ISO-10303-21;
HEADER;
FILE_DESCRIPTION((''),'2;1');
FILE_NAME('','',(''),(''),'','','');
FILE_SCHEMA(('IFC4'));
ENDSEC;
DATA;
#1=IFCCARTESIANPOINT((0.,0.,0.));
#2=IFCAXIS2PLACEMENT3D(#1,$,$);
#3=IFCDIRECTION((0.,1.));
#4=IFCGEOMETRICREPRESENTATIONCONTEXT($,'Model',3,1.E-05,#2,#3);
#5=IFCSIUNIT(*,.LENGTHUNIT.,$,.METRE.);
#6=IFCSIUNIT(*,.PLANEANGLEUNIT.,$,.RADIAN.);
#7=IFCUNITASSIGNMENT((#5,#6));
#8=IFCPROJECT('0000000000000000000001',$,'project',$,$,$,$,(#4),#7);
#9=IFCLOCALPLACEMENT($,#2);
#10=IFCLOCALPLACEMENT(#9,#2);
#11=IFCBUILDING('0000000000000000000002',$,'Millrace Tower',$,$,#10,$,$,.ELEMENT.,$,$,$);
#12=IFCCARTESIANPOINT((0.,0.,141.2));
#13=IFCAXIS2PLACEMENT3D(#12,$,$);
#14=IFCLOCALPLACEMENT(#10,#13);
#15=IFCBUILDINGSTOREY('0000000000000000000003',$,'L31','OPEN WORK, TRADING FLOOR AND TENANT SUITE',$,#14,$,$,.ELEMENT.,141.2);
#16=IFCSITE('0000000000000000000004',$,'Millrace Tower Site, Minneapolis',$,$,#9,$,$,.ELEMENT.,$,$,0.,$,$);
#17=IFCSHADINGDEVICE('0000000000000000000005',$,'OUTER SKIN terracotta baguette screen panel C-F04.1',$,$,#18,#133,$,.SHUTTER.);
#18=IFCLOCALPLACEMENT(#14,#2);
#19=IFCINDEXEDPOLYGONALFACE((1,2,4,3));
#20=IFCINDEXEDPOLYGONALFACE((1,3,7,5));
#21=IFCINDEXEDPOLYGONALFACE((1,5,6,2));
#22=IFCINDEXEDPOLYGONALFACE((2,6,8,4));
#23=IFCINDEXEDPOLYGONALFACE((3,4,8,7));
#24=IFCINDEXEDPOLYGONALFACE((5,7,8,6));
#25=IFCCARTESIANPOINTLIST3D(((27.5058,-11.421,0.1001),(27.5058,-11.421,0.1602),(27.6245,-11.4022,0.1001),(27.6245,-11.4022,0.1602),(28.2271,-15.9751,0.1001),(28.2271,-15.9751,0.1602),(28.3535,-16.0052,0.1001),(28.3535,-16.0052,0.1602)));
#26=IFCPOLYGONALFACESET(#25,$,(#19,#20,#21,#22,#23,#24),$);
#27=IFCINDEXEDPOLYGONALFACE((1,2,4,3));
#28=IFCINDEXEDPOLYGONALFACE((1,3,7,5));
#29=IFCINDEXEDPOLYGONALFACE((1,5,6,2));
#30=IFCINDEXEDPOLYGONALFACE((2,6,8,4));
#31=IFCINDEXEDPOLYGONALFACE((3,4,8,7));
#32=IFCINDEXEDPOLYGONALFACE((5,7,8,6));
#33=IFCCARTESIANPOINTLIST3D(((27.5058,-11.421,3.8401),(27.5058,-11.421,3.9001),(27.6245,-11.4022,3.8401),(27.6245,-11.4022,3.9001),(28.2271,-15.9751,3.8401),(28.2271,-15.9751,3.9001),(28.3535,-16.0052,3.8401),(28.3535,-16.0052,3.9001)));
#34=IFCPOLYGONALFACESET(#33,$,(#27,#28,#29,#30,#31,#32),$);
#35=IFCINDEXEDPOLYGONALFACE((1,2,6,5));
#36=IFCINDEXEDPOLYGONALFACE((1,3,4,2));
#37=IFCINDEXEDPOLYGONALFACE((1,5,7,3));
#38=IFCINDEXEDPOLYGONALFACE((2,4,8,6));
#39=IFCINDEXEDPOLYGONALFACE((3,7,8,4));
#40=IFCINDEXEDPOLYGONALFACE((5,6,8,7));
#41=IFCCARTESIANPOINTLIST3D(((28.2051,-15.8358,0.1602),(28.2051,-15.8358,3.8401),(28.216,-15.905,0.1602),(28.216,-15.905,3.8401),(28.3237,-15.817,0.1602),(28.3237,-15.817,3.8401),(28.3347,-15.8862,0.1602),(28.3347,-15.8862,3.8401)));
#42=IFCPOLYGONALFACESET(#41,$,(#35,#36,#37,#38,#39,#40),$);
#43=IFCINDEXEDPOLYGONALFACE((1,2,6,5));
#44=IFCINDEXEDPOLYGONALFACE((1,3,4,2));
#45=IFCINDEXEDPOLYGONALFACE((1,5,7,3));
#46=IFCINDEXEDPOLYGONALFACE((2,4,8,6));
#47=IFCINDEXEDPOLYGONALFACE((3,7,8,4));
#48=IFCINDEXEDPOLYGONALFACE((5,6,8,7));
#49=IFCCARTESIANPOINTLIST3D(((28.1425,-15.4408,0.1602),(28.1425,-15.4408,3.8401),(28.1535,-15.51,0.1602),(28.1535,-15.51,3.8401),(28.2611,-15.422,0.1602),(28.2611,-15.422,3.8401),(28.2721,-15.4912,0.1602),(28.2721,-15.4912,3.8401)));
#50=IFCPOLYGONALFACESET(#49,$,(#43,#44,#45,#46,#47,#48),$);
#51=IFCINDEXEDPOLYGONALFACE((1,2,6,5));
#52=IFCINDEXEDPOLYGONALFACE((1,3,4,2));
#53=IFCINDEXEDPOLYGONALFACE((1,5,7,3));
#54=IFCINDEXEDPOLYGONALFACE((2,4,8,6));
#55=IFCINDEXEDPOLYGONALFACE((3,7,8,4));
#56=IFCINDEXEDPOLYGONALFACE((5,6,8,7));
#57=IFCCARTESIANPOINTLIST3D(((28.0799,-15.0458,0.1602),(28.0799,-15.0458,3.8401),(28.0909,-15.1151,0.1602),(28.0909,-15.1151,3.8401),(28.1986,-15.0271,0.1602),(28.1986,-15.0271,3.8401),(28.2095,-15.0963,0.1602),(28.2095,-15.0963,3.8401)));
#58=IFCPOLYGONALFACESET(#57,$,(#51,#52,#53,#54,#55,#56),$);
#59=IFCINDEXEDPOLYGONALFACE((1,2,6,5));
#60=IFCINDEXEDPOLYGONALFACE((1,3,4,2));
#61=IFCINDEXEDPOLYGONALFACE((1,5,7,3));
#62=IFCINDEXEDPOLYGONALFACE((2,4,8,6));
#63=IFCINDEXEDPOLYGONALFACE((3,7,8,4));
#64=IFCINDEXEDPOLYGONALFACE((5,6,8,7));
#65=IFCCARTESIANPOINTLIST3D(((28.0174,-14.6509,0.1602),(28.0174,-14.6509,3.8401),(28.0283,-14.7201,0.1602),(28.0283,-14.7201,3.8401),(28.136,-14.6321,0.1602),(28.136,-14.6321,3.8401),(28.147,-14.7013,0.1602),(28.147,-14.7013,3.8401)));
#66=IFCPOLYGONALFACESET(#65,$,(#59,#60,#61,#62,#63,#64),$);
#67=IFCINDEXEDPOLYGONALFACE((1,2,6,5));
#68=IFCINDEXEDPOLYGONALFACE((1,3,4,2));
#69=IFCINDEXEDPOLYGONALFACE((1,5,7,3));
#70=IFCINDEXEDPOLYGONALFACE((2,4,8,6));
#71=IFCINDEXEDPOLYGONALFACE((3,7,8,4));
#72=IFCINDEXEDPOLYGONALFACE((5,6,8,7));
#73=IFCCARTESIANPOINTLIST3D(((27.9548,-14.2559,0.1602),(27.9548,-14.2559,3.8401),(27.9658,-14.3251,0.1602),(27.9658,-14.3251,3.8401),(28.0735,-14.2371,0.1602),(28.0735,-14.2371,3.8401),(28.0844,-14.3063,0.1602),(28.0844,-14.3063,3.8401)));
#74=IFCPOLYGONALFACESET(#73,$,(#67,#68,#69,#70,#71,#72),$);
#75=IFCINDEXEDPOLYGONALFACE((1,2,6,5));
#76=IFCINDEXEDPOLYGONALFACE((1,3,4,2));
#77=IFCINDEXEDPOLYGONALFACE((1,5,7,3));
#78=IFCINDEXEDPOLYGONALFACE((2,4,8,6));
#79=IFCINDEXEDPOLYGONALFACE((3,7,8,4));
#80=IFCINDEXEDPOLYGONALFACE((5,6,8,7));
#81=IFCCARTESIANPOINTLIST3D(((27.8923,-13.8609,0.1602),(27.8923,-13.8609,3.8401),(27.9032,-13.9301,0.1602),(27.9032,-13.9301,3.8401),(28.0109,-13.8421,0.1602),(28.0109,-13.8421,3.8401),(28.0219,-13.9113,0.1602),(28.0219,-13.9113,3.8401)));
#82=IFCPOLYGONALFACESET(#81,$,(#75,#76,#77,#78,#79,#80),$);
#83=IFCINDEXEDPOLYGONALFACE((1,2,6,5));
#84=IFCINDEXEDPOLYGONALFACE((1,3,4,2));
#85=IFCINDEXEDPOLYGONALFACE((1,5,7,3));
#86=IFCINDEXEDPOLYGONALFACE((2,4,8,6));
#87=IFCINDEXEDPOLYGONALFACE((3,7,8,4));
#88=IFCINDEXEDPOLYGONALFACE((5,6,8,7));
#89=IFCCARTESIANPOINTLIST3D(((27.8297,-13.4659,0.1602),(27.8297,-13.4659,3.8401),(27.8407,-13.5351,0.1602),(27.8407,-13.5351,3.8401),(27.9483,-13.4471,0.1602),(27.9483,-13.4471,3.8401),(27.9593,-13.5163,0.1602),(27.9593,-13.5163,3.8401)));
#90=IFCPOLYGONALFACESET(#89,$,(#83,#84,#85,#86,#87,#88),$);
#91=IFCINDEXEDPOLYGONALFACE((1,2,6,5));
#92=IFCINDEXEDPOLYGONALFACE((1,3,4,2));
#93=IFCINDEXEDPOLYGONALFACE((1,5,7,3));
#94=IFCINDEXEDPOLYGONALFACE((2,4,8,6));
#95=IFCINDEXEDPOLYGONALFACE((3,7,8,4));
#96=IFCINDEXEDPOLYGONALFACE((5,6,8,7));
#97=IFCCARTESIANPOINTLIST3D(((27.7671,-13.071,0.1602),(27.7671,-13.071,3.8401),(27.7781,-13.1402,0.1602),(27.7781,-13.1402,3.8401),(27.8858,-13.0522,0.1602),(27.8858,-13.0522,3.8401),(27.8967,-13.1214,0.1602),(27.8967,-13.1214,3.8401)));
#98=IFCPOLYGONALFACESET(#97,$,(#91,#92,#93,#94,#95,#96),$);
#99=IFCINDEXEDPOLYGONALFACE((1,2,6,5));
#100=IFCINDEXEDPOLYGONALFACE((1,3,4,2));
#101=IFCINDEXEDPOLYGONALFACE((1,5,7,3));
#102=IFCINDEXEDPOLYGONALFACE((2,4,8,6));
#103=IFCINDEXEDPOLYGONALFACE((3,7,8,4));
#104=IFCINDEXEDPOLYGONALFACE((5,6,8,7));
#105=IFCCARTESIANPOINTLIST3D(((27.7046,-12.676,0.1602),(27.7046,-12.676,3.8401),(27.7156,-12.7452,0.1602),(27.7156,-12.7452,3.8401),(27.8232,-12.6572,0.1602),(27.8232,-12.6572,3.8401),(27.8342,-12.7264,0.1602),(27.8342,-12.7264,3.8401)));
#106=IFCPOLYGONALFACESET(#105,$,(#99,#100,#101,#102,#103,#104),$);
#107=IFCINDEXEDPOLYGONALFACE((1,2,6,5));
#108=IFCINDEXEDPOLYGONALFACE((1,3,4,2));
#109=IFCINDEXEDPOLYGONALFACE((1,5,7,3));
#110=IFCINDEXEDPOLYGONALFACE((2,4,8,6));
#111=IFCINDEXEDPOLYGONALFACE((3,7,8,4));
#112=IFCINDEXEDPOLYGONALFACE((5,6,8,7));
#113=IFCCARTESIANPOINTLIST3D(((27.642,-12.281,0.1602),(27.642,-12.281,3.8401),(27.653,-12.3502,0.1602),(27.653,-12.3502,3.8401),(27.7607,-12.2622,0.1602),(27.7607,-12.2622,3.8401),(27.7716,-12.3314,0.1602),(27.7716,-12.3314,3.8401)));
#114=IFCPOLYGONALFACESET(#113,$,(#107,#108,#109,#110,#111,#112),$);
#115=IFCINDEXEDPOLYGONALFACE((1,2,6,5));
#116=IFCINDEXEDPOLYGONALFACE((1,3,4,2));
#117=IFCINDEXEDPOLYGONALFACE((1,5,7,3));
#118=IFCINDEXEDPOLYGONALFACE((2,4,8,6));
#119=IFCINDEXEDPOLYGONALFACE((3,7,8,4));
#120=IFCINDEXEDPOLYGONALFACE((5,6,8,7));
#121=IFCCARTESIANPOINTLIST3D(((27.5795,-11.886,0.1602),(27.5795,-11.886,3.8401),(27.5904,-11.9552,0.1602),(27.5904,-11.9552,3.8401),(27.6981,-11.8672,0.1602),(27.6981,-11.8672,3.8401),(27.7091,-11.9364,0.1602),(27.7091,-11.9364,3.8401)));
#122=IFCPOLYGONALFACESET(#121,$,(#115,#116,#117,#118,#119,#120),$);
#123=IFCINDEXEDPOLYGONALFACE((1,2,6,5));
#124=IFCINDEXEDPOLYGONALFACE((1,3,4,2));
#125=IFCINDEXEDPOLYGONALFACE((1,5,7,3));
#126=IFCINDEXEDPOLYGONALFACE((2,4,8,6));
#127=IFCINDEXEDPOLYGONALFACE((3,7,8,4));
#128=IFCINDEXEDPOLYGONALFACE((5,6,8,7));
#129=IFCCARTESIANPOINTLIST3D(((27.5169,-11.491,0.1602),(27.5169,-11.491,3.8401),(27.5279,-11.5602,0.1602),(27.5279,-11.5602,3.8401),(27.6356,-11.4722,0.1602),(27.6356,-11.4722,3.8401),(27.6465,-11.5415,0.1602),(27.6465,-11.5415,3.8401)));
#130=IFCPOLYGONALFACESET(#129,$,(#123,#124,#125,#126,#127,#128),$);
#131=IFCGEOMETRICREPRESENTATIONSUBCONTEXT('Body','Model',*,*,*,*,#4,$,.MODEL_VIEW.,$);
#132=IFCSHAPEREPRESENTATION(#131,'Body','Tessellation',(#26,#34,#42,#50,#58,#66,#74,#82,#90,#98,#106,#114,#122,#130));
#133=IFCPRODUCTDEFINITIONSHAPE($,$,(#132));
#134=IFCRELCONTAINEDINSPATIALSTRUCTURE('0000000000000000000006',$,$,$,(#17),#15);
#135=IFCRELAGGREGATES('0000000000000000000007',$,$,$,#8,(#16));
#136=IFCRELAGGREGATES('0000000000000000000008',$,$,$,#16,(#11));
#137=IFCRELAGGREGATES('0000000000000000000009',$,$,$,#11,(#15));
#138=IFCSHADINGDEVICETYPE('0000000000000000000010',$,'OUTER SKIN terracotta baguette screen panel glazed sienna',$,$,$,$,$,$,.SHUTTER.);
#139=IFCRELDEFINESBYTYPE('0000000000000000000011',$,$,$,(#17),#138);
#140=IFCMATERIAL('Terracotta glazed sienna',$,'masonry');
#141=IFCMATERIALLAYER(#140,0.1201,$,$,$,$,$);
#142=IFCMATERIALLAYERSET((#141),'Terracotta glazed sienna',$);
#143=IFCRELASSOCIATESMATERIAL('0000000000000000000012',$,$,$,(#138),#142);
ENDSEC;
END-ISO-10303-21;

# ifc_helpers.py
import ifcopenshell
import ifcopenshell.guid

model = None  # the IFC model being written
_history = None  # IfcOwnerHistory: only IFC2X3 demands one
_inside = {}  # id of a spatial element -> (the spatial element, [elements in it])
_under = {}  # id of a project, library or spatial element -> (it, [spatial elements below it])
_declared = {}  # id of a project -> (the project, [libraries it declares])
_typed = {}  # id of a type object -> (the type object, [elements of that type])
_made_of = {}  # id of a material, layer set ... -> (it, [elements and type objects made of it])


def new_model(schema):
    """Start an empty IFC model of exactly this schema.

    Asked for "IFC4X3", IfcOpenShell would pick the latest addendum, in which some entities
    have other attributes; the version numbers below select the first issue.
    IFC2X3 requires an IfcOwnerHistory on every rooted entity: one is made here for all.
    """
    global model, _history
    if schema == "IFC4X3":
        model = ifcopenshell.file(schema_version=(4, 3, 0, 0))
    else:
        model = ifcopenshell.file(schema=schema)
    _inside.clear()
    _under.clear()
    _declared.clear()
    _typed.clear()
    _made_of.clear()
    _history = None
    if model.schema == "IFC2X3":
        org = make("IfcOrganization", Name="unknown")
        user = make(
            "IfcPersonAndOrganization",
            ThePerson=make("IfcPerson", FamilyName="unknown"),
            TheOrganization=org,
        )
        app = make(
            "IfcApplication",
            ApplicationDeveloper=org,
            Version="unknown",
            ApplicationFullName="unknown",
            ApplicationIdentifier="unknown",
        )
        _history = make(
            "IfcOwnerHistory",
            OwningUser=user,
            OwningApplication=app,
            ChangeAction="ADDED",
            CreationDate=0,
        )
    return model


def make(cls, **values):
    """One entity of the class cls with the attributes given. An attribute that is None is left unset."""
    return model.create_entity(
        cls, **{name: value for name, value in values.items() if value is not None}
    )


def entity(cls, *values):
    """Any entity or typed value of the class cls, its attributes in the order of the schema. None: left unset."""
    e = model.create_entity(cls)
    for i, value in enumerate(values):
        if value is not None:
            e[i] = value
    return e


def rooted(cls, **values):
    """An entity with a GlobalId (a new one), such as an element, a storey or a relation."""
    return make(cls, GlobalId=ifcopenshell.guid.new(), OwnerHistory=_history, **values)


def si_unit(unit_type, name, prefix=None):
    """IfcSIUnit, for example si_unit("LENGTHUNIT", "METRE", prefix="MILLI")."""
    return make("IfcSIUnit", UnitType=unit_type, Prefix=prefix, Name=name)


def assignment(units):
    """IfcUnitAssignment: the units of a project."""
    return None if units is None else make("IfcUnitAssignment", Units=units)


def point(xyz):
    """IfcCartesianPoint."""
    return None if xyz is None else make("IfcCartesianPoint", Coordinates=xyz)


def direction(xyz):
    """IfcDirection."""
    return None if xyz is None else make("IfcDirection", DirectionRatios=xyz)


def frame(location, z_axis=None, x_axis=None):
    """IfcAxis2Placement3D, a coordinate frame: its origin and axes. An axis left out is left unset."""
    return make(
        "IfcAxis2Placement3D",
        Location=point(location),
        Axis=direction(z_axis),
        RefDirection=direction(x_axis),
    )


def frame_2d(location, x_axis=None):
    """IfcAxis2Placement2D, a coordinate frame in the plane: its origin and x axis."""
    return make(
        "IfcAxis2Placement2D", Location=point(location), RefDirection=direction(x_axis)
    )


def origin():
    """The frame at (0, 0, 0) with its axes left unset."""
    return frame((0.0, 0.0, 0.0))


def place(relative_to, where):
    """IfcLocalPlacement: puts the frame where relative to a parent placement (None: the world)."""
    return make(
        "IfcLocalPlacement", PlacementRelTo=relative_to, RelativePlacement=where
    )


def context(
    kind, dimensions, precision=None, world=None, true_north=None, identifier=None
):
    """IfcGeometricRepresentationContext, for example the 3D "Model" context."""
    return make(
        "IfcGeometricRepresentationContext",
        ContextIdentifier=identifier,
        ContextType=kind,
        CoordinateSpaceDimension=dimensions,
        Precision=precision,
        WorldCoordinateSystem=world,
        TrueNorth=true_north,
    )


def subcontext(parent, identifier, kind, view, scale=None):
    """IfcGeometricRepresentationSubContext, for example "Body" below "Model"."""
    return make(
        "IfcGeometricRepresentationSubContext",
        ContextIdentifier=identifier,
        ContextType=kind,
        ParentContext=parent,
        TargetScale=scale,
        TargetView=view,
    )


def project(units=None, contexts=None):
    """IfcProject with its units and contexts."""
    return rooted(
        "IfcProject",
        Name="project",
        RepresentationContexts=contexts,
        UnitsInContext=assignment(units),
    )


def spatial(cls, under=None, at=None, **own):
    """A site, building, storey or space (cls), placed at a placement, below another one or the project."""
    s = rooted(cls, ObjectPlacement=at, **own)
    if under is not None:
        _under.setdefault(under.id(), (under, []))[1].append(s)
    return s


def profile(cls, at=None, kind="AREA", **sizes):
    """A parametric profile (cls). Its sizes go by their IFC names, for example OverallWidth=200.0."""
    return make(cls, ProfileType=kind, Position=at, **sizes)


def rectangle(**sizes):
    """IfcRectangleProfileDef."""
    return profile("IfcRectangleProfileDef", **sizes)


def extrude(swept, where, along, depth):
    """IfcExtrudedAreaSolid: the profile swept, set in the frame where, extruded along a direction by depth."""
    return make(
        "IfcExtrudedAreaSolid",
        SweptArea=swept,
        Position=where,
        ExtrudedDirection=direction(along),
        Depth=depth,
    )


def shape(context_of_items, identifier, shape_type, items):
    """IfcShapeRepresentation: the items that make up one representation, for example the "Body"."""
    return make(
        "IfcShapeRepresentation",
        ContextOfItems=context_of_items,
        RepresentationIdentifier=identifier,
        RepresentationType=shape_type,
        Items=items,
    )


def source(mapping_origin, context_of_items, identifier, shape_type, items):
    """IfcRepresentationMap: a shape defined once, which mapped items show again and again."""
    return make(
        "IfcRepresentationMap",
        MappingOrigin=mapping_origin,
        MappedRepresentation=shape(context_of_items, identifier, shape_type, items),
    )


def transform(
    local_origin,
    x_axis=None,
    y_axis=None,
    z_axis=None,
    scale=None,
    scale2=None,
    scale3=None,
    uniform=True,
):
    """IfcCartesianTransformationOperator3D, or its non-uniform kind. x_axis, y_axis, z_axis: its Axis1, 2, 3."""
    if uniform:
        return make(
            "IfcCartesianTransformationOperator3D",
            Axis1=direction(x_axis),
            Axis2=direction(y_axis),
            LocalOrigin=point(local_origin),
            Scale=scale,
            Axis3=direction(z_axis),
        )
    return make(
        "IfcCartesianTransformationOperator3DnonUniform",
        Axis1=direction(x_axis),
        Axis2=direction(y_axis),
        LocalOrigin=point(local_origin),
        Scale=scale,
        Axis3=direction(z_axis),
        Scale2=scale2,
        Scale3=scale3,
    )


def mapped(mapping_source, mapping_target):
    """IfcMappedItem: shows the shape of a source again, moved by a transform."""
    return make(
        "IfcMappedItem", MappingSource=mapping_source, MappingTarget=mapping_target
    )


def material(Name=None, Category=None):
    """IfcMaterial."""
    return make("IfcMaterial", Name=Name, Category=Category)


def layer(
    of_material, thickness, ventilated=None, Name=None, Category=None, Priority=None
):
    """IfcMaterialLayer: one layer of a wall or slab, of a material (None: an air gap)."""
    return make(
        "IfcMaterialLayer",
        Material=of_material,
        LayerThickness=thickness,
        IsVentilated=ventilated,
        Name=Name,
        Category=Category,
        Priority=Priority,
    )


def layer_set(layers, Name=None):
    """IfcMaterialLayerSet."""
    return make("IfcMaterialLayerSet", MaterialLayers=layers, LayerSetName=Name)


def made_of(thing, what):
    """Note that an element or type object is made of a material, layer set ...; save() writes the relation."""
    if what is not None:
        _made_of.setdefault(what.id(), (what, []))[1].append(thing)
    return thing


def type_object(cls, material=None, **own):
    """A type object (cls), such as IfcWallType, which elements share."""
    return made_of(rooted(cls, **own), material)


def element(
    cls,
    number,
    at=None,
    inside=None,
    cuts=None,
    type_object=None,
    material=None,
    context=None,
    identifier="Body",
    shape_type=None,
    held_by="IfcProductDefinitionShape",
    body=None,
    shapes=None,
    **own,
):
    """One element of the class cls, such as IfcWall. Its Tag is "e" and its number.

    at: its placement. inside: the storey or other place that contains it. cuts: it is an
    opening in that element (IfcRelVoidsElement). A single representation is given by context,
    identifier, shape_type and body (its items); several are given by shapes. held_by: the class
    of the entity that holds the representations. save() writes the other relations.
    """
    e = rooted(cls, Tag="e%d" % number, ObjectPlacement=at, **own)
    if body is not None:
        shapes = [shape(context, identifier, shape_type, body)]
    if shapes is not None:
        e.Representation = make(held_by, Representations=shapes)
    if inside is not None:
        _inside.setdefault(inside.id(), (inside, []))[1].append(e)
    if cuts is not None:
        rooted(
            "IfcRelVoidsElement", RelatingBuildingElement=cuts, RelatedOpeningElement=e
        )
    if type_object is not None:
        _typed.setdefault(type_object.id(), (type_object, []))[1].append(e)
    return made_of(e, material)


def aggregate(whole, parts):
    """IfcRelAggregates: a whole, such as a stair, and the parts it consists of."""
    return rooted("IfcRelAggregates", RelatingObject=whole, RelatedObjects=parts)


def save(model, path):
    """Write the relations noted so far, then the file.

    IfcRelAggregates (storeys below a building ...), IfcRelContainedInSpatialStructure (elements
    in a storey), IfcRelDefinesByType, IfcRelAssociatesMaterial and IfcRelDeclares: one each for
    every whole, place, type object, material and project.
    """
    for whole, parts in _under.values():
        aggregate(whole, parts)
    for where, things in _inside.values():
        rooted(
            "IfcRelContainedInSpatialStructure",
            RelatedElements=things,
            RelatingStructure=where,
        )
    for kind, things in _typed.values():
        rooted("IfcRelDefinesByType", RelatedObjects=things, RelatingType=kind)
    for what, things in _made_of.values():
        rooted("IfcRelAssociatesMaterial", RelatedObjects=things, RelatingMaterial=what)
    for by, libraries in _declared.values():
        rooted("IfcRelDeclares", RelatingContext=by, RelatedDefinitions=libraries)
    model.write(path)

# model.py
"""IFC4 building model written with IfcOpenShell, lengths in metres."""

from ifc_helpers import new_model, entity, si_unit, direction, frame, frame_2d, origin, place, context, subcontext, project, spatial, rectangle, extrude, source, transform, mapped, material, layer, layer_set, type_object, element, save


model = new_model("IFC4")

# Units and contexts
model_context = context("Model", 3, precision=1e-05, world=origin(), true_north=direction((0.0, 1.0)))
body_context = subcontext(model_context, "Body", "Model", "MODEL_VIEW")
ifc_project = project(units=[si_unit("LENGTHUNIT", "METRE"), si_unit("PLANEANGLEUNIT", "RADIAN")], contexts=[model_context])

# Site, building, storey
site_placement = place(None, origin())
site = spatial("IfcSite", under=ifc_project, at=site_placement, Name="Millrace Tower Site, Minneapolis", CompositionType="ELEMENT", RefElevation=0.0)
building_placement = place(site_placement, origin())
building = spatial("IfcBuilding", under=site, at=building_placement, Name="Millrace Tower", CompositionType="ELEMENT")
storey_placement = place(building_placement, frame((0.0, 0.0, 141.2)))
storey = spatial("IfcBuildingStorey", under=building, at=storey_placement, Name="L31", Description="OPEN WORK, TRADING FLOOR AND TENANT SUITE", CompositionType="ELEMENT", Elevation=141.2)

# Shading device
ifc_material_1 = material(Name="Terracotta glazed sienna", Category="masonry")
ifc_layer_1 = layer(ifc_material_1, 0.1201)
ifc_layer_set_1 = layer_set([ifc_layer_1], Name="Terracotta glazed sienna")
shading_device_type = type_object("IfcShadingDeviceType", Name="OUTER SKIN terracotta baguette screen panel glazed sienna", PredefinedType="SHUTTER", material=ifc_layer_set_1)
cartesian_point_1 = entity("IfcCartesianPoint", [-2.293, 0.0601])
shared_polyline_1 = entity("IfcPolyline", [cartesian_point_1, entity("IfcCartesianPoint", [2.3179, 0.0601]), entity("IfcCartesianPoint", [2.3179, -0.0601]), entity("IfcCartesianPoint", [-2.3425, -0.0601]), cartesian_point_1])
shared_shape_1 = source(origin(), body_context, "Body", "SweptSolid", [
    entity("IfcExtrudedAreaSolid", entity("IfcArbitraryClosedProfileDef", "AREA", None, shared_polyline_1), entity("IfcAxis2Placement3D", entity("IfcCartesianPoint", [0.0, 0.0, 0.0])), entity("IfcDirection", [0.0, 0.0, 1.0]), 0.0601),
    entity("IfcExtrudedAreaSolid", entity("IfcArbitraryClosedProfileDef", "AREA", None, shared_polyline_1), entity("IfcAxis2Placement3D", entity("IfcCartesianPoint", [0.0, 0.0, 3.74])), entity("IfcDirection", [0.0, 0.0, 1.0]), 0.0601),
    extrude(rectangle(XDim=0.0701, YDim=0.1201, at=frame_2d((-2.187, 0.0))), frame((0.0, 0.0, 0.0601)), (0.0, 0.0, 1.0), 3.6799),
    extrude(rectangle(XDim=0.0701, YDim=0.1201, at=frame_2d((-1.7871, 0.0))), frame((0.0, 0.0, 0.0601)), (0.0, 0.0, 1.0), 3.6799),
    extrude(rectangle(XDim=0.0701, YDim=0.1201, at=frame_2d((-1.3872, 0.0))), frame((0.0, 0.0, 0.0601)), (0.0, 0.0, 1.0), 3.6799),
    extrude(rectangle(XDim=0.0701, YDim=0.1201, at=frame_2d((-0.9873, 0.0))), frame((0.0, 0.0, 0.0601)), (0.0, 0.0, 1.0), 3.6799),
    extrude(rectangle(XDim=0.0701, YDim=0.1201, at=frame_2d((-0.5874, 0.0))), frame((0.0, 0.0, 0.0601)), (0.0, 0.0, 1.0), 3.6799),
    extrude(rectangle(XDim=0.0701, YDim=0.1201, at=frame_2d((-0.1875, 0.0))), frame((0.0, 0.0, 0.0601)), (0.0, 0.0, 1.0), 3.6799),
    extrude(rectangle(XDim=0.0701, YDim=0.1201, at=frame_2d((0.2124, 0.0))), frame((0.0, 0.0, 0.0601)), (0.0, 0.0, 1.0), 3.6799),
    extrude(rectangle(XDim=0.0701, YDim=0.1201, at=frame_2d((0.6123, 0.0))), frame((0.0, 0.0, 0.0601)), (0.0, 0.0, 1.0), 3.6799),
    extrude(rectangle(XDim=0.0701, YDim=0.1201, at=frame_2d((1.0122, 0.0))), frame((0.0, 0.0, 0.0601)), (0.0, 0.0, 1.0), 3.6799),
    extrude(rectangle(XDim=0.0701, YDim=0.1201, at=frame_2d((1.4121, 0.0))), frame((0.0, 0.0, 0.0601)), (0.0, 0.0, 1.0), 3.6799),
    extrude(rectangle(XDim=0.0701, YDim=0.1201, at=frame_2d((1.812, 0.0))), frame((0.0, 0.0, 0.0601)), (0.0, 0.0, 1.0), 3.6799),
    extrude(rectangle(XDim=0.0701, YDim=0.1201, at=frame_2d((2.2119, 0.0))), frame((0.0, 0.0, 0.0601)), (0.0, 0.0, 1.0), 3.6799),
])
shading_device_1_placement = place(storey_placement, frame((27.9277, -13.7009, 0.1001), z_axis=(0.0, 0.0, 1.0), x_axis=(-0.156434, 0.987688, 0.0)))
element("IfcShadingDevice", 1, at=shading_device_1_placement, inside=storey, type_object=shading_device_type, Name="OUTER SKIN terracotta baguette screen panel C-F04.1", PredefinedType="SHUTTER", context=body_context, shape_type="MappedRepresentation", body=[
    mapped(shared_shape_1, transform((0.0, 0.0, 0.0), scale=1.0)),
])

save(model, "model.ifc")
